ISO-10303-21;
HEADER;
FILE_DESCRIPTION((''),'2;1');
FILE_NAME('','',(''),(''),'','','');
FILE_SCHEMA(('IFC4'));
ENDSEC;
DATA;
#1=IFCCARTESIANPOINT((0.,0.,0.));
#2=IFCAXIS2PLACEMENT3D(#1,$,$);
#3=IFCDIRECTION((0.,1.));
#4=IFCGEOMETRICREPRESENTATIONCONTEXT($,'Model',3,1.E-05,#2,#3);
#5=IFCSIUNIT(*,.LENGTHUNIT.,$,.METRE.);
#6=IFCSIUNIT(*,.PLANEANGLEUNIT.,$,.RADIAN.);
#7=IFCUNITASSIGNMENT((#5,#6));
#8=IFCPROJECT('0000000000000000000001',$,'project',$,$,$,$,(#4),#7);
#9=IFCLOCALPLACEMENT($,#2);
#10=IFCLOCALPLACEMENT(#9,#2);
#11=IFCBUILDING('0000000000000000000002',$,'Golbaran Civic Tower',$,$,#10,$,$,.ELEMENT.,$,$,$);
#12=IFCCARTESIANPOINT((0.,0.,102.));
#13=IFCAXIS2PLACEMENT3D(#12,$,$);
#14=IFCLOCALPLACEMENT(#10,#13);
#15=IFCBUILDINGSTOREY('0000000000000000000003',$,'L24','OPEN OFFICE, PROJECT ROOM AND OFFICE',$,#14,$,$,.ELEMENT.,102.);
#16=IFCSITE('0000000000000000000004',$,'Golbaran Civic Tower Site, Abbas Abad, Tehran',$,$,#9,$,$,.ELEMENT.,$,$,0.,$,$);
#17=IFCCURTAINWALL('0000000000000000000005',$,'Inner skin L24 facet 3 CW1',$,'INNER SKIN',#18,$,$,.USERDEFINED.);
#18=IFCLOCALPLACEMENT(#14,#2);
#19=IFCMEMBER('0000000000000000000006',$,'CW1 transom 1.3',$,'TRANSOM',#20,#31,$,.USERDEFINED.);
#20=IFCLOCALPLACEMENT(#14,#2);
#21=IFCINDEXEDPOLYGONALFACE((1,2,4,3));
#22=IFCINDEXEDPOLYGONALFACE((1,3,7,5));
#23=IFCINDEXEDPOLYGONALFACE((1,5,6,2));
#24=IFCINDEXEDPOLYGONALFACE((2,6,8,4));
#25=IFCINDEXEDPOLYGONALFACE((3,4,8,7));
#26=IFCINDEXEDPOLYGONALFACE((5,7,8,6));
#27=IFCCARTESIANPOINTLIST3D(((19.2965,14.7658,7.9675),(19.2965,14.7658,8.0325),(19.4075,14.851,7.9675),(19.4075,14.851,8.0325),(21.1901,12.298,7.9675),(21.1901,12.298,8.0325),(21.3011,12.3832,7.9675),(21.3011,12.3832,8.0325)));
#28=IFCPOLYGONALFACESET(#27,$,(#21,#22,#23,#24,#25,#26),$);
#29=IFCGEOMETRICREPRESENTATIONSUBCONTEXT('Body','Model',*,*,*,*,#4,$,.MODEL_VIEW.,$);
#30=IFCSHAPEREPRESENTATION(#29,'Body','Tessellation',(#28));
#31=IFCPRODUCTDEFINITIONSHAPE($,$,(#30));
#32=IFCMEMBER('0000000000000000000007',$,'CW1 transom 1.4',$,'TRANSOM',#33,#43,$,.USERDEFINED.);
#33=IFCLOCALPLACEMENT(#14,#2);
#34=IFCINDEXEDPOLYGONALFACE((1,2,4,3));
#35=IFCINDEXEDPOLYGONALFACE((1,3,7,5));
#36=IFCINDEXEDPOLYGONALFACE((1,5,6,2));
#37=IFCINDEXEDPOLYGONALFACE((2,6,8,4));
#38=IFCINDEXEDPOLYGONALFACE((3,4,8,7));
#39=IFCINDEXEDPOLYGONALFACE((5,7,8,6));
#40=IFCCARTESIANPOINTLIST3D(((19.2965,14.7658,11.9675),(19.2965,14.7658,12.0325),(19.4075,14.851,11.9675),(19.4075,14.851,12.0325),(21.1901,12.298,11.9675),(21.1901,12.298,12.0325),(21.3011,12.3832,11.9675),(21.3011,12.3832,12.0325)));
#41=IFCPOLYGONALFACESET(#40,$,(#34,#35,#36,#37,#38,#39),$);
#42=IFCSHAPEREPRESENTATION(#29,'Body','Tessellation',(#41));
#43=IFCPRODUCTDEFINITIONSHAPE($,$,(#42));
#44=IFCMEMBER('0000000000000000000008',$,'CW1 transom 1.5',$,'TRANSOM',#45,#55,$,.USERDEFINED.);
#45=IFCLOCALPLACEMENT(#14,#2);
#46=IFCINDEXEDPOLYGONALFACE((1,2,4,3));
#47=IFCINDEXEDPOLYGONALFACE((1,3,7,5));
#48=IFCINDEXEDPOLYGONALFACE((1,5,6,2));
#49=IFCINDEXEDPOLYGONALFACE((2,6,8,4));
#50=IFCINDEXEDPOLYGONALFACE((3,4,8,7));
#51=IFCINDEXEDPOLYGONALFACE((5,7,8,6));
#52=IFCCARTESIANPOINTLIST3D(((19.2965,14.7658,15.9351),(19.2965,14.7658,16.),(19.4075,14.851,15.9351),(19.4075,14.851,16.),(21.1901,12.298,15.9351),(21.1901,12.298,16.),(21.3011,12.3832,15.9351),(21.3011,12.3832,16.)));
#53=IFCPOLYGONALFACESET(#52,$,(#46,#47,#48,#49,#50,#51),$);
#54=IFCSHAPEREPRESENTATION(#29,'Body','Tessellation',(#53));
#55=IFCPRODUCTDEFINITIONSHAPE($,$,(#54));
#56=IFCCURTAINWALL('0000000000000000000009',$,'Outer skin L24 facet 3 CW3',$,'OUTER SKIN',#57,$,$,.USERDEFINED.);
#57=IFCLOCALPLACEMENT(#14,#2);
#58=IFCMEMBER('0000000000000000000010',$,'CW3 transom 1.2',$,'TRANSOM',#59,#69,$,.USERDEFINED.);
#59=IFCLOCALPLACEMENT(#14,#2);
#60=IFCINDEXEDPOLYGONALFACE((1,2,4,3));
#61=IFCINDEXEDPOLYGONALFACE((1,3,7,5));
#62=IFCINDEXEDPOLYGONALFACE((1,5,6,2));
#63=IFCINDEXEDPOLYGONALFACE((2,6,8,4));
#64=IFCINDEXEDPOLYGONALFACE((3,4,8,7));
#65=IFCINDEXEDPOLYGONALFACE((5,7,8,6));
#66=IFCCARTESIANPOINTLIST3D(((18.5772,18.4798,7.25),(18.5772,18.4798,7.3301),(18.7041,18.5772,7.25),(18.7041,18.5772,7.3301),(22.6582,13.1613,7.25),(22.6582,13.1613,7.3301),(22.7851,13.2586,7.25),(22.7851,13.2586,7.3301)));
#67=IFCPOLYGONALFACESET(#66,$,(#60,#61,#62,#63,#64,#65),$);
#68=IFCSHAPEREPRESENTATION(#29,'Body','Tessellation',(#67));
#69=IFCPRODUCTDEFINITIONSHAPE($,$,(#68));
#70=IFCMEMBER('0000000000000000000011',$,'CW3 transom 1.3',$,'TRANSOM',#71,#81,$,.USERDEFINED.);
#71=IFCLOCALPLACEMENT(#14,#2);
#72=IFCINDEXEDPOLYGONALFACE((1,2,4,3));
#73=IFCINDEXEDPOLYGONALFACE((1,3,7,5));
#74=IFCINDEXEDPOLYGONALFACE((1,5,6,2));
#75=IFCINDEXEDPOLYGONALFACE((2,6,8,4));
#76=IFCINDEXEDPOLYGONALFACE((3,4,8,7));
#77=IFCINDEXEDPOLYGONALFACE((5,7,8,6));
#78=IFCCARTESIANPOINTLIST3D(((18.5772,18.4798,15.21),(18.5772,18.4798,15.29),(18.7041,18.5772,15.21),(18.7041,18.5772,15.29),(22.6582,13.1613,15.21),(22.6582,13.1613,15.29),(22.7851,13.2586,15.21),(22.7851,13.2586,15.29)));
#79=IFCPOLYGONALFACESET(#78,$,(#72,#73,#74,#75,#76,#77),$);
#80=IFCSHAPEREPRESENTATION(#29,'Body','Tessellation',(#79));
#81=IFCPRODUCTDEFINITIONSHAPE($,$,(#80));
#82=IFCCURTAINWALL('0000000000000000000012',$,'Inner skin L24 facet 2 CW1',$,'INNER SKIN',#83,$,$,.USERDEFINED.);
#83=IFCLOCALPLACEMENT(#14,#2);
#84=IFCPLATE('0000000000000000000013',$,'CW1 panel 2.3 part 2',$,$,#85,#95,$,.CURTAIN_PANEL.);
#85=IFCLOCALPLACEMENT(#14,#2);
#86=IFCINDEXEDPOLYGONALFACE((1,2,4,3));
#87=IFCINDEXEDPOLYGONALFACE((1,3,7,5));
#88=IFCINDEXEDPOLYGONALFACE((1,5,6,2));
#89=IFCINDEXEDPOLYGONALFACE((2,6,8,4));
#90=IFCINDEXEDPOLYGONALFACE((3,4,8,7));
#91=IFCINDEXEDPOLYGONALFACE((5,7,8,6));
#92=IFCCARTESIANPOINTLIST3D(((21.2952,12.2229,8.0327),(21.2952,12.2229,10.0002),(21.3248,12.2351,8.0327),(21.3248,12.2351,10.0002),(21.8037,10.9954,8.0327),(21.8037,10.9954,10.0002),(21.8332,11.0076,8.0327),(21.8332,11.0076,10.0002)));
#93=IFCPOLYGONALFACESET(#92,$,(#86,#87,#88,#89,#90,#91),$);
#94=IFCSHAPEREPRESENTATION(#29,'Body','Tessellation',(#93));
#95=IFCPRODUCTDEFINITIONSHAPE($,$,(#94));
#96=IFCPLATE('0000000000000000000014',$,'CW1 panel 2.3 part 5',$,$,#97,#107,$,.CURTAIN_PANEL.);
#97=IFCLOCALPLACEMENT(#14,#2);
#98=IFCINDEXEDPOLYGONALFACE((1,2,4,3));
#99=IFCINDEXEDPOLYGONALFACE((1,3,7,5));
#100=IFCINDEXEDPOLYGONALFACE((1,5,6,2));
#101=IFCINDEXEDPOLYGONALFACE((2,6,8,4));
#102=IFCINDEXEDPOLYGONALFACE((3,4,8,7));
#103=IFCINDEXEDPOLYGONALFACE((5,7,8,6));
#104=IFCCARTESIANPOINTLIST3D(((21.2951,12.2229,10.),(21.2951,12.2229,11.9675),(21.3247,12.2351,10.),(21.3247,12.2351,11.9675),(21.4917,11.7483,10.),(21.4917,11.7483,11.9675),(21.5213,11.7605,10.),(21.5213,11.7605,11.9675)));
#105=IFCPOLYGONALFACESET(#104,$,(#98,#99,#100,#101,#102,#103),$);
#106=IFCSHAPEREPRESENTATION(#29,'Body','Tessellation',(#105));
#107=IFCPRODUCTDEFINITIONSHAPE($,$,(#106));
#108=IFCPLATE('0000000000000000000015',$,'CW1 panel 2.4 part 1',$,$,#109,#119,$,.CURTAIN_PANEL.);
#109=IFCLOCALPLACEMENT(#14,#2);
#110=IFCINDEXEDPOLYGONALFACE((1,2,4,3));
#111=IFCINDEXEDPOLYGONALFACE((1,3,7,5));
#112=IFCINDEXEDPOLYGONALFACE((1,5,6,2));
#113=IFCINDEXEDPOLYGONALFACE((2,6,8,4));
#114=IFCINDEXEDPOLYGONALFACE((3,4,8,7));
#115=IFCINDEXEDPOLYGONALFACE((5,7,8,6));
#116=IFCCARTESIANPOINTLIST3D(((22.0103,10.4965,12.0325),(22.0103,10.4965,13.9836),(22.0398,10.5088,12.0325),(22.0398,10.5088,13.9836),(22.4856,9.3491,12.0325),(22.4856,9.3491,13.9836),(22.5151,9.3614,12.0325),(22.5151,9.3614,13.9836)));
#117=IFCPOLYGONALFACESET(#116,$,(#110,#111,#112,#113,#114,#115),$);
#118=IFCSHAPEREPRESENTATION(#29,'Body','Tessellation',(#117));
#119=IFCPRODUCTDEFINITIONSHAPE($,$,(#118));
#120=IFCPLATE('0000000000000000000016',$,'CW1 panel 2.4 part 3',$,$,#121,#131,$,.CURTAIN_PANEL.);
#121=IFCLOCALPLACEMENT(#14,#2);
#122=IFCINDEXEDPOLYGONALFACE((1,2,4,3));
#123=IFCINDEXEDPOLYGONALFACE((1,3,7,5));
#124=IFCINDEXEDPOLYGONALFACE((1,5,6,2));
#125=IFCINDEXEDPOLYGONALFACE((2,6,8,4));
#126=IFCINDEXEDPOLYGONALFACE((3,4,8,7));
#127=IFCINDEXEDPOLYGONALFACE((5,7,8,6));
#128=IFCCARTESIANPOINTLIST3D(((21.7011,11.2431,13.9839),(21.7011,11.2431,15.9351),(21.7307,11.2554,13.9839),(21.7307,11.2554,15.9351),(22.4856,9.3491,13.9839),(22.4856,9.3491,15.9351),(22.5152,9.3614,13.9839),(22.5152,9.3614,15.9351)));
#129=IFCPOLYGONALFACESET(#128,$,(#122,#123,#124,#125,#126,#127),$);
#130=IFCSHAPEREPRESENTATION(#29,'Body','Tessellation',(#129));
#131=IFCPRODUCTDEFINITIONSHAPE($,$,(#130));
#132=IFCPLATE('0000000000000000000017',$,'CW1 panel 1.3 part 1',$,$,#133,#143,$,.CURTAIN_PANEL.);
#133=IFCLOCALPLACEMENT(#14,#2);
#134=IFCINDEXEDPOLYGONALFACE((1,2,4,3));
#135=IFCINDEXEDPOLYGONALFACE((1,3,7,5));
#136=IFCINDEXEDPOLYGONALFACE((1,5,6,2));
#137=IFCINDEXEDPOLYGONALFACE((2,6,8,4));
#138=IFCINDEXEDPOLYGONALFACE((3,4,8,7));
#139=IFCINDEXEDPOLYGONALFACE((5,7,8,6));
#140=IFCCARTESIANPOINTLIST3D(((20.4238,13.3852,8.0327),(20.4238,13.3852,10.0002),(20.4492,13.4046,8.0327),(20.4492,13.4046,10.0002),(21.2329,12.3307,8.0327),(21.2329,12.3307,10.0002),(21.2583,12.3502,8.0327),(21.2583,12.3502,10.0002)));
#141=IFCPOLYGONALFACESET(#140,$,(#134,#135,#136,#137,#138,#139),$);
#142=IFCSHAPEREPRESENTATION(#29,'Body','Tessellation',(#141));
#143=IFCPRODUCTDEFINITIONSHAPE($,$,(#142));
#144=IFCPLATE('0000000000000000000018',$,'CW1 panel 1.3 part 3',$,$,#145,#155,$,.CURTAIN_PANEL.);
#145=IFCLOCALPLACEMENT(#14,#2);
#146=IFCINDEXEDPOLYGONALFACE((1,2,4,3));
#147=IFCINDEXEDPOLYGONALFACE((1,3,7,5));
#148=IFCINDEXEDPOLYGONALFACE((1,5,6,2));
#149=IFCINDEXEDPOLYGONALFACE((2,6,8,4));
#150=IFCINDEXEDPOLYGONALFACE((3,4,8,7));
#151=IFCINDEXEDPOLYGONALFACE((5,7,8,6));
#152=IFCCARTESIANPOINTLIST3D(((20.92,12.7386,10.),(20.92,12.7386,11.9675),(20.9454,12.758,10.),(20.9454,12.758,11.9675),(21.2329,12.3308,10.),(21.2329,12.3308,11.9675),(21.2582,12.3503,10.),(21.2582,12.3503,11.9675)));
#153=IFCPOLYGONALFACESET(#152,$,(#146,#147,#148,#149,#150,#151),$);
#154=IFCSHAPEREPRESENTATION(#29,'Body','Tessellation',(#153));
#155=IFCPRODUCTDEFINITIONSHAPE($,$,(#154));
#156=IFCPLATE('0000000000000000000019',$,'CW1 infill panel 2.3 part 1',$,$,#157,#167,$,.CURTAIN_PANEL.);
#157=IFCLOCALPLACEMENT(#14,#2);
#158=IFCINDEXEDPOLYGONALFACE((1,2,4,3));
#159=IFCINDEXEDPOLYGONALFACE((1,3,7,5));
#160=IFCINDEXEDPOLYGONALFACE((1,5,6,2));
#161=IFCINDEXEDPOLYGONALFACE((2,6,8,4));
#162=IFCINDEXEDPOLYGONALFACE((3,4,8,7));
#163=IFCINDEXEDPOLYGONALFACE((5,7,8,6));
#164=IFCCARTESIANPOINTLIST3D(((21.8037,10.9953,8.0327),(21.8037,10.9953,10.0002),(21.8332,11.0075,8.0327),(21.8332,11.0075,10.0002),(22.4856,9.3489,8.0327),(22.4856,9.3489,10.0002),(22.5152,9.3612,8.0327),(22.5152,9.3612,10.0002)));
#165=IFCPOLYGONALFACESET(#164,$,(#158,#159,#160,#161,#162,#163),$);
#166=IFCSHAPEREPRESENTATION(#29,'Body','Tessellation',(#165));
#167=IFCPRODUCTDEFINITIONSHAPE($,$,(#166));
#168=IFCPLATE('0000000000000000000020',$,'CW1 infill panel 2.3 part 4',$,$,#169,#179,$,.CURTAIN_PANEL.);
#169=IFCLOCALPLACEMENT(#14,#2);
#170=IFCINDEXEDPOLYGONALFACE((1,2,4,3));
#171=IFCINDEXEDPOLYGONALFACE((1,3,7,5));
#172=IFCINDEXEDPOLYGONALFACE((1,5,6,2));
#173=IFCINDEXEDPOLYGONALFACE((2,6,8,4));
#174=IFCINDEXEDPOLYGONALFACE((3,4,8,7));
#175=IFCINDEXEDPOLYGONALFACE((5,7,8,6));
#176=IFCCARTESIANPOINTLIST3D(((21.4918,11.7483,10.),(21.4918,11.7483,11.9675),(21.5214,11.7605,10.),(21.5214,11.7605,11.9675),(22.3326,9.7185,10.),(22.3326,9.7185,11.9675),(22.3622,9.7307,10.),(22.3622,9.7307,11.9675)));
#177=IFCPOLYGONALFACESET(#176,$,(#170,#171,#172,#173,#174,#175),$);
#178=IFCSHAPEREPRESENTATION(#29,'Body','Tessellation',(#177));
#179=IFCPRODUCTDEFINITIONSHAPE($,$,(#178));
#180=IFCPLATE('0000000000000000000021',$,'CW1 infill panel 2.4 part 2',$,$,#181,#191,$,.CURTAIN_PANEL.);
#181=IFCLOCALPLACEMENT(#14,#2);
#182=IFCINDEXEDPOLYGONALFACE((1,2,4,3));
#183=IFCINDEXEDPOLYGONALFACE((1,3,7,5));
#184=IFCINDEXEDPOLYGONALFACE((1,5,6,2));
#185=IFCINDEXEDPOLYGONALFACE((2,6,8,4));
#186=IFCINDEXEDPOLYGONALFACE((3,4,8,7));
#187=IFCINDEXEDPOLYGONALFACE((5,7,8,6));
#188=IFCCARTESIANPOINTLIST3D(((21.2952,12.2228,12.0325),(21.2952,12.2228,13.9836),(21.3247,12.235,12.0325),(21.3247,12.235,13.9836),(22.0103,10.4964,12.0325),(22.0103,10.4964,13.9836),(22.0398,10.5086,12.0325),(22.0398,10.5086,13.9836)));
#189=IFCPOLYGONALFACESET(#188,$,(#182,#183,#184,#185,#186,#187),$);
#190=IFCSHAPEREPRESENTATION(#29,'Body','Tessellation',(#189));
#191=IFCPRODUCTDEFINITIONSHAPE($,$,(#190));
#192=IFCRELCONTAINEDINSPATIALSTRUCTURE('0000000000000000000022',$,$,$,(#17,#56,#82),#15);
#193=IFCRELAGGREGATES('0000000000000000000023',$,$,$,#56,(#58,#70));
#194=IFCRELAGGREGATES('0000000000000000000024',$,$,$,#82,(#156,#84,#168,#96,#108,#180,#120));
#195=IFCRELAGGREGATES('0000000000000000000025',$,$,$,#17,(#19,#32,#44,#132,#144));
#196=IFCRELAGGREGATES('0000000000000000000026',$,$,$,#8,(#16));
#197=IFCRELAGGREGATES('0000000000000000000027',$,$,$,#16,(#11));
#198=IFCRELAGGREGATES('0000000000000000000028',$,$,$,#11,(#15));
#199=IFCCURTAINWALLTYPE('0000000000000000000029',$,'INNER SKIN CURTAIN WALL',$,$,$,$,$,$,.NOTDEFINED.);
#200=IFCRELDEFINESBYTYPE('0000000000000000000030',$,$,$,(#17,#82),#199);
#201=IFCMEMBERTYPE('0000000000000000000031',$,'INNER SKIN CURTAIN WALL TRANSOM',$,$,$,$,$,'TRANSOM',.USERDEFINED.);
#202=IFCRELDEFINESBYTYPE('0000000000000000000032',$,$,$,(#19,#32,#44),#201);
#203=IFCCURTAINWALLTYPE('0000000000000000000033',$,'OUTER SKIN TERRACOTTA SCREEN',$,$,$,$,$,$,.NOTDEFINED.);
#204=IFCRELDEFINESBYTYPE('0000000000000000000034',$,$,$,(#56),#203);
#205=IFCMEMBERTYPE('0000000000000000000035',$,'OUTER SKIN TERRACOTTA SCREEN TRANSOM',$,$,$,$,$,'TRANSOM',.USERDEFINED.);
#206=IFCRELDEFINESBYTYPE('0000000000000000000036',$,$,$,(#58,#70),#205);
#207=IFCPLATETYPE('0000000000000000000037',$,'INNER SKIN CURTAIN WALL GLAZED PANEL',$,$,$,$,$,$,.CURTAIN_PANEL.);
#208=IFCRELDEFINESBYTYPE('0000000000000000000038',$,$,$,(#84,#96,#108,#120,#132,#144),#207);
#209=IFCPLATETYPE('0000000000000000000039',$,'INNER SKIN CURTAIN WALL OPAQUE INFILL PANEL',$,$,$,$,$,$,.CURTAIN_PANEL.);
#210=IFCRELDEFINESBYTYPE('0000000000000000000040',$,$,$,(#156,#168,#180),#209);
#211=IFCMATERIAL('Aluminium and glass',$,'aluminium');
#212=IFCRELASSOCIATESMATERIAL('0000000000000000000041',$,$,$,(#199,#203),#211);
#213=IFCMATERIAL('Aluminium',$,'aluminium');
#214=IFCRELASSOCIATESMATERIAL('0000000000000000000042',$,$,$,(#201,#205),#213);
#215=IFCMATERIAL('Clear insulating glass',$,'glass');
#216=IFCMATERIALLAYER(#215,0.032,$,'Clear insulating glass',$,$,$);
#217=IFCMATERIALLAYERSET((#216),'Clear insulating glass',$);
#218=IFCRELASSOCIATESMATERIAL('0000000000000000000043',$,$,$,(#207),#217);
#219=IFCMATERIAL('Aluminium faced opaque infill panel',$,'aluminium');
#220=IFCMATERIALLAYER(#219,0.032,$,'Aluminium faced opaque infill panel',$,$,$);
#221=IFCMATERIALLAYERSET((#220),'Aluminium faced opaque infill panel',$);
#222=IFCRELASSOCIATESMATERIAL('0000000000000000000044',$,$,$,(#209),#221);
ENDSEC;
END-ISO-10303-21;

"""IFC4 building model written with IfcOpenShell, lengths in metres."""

from ifc_helpers import new_model, si_unit, direction, frame, origin, origin_2d, place, context, subcontext, project, spatial, rectangle, extrude, material, layer, layer_set, material_profile, profile_set, type_object, element, aggregate, save


model = new_model("IFC4")

# Units and contexts
model_context = context("Model", 3, precision=1e-05, world=origin(), true_north=direction((0.0, 1.0)))
body_context = subcontext(model_context, "Body", "Model", "MODEL_VIEW")
ifc_project = project(units=[si_unit("LENGTHUNIT", "METRE"), si_unit("PLANEANGLEUNIT", "RADIAN")], contexts=[model_context])

# Site, building, storey
site_placement = place(None, origin())
site = spatial("IfcSite", under=ifc_project, at=site_placement, Name="Golbaran Civic Tower Site, Abbas Abad, Tehran", CompositionType="ELEMENT", RefElevation=0.0)
building_placement = place(site_placement, origin())
building = spatial("IfcBuilding", under=site, at=building_placement, Name="Golbaran Civic Tower", CompositionType="ELEMENT")
storey_placement = place(building_placement, frame((0.0, 0.0, 102.0)))
storey = spatial("IfcBuildingStorey", under=building, at=storey_placement, Name="L24", Description="OPEN OFFICE, PROJECT ROOM AND OFFICE", CompositionType="ELEMENT", Elevation=102.0)

# Curtain walls, members
ifc_material_1 = material(Name="Aluminium and glass", Category="aluminium")
curtain_wall_type_1 = type_object("IfcCurtainWallType", Name="INNER SKIN CURTAIN WALL", PredefinedType="NOTDEFINED", material=ifc_material_1)
curtain_wall_1_placement = place(storey_placement, origin())
curtain_wall_1 = element("IfcCurtainWall", 1, at=curtain_wall_1_placement, inside=storey, type_object=curtain_wall_type_1, Name="Inner skin L24 facet 3 CW1", ObjectType="INNER SKIN", PredefinedType="USERDEFINED")
ifc_material_2 = material(Name="Aluminium", Category="aluminium")
ifc_material_profile_1 = material_profile(ifc_material_2, rectangle(XDim=0.1399, YDim=0.0649, at=origin_2d()), Name="INNER SKIN CURTAIN WALL TRANSOM")
ifc_profile_set_1 = profile_set([ifc_material_profile_1], Name="Aluminium")
member_type_1 = type_object("IfcMemberType", Name="INNER SKIN CURTAIN WALL TRANSOM", ElementType="TRANSOM", PredefinedType="USERDEFINED", material=ifc_profile_set_1)
member_1_placement = place(storey_placement, frame((21.2456, 12.3406, 8.0), z_axis=(-0.608754, 0.793359, 0.0), x_axis=(-0.793359, -0.608754, 0.0)))
member_1 = element("IfcMember", 2, at=member_1_placement, type_object=member_type_1, Name="CW1 transom 1.3", ObjectType="TRANSOM", PredefinedType="USERDEFINED", context=body_context, shape_type="SweptSolid", body=[
    extrude(rectangle(XDim=0.1399, YDim=0.0649, at=origin_2d()), origin(), (0.0, 0.0, 1.0), 3.1106),
])
member_2_placement = place(storey_placement, frame((21.2456, 12.3406, 12.0), z_axis=(-0.608754, 0.793359, 0.0), x_axis=(-0.793359, -0.608754, 0.0)))
member_2 = element("IfcMember", 3, at=member_2_placement, type_object=member_type_1, Name="CW1 transom 1.4", ObjectType="TRANSOM", PredefinedType="USERDEFINED", context=body_context, shape_type="SweptSolid", body=[
    extrude(rectangle(XDim=0.1399, YDim=0.0649, at=origin_2d()), origin(), (0.0, 0.0, 1.0), 3.1106),
])
member_3_placement = place(storey_placement, frame((21.2456, 12.3406, 15.9675), z_axis=(-0.608754, 0.793359, 0.0), x_axis=(-0.793359, -0.608754, 0.0)))
member_3 = element("IfcMember", 4, at=member_3_placement, type_object=member_type_1, Name="CW1 transom 1.5", ObjectType="TRANSOM", PredefinedType="USERDEFINED", context=body_context, shape_type="SweptSolid", body=[
    extrude(rectangle(XDim=0.1399, YDim=0.0649, at=origin_2d()), origin(), (0.0, 0.0, 1.0), 3.1106),
])
curtain_wall_type_2 = type_object("IfcCurtainWallType", Name="OUTER SKIN TERRACOTTA SCREEN", PredefinedType="NOTDEFINED", material=ifc_material_1)
curtain_wall_2_placement = place(storey_placement, origin())
curtain_wall_2 = element("IfcCurtainWall", 5, at=curtain_wall_2_placement, inside=storey, type_object=curtain_wall_type_2, Name="Outer skin L24 facet 3 CW3", ObjectType="OUTER SKIN", PredefinedType="USERDEFINED")
ifc_material_profile_2 = material_profile(ifc_material_2, rectangle(XDim=0.1599, YDim=0.0801, at=origin_2d()), Name="OUTER SKIN TERRACOTTA SCREEN TRANSOM")
ifc_profile_set_2 = profile_set([ifc_material_profile_2], Name="Aluminium")
member_type_2 = type_object("IfcMemberType", Name="OUTER SKIN TERRACOTTA SCREEN TRANSOM", ElementType="TRANSOM", PredefinedType="USERDEFINED", material=ifc_profile_set_2)
member_4_placement = place(storey_placement, frame((22.7217, 13.21, 7.29), z_axis=(-0.608756, 0.793357, 0.0), x_axis=(-0.793357, -0.608756, 0.0)))
member_4 = element("IfcMember", 6, at=member_4_placement, type_object=member_type_2, Name="CW3 transom 1.2", ObjectType="TRANSOM", PredefinedType="USERDEFINED", context=body_context, shape_type="SweptSolid", body=[
    extrude(rectangle(XDim=0.1599, YDim=0.0801, at=origin_2d()), origin(), (0.0, 0.0, 1.0), 6.7039),
])
member_5_placement = place(storey_placement, frame((22.7217, 13.21, 15.25), z_axis=(-0.608756, 0.793357, 0.0), x_axis=(-0.793357, -0.608756, 0.0)))
member_5 = element("IfcMember", 7, at=member_5_placement, type_object=member_type_2, Name="CW3 transom 1.3", ObjectType="TRANSOM", PredefinedType="USERDEFINED", context=body_context, shape_type="SweptSolid", body=[
    extrude(rectangle(XDim=0.1599, YDim=0.0801, at=origin_2d()), origin(), (0.0, 0.0, 1.0), 6.7039),
])
aggregate(curtain_wall_2, [member_4, member_5])

# Curtain wall, plates
curtain_wall_3_placement = place(storey_placement, origin())
curtain_wall_3 = element("IfcCurtainWall", 8, at=curtain_wall_3_placement, inside=storey, type_object=curtain_wall_type_1, Name="Inner skin L24 facet 2 CW1", ObjectType="INNER SKIN", PredefinedType="USERDEFINED")
ifc_material_3 = material(Name="Clear insulating glass", Category="glass")
ifc_layer_1 = layer(ifc_material_3, 0.032, Name="Clear insulating glass")
ifc_layer_set_1 = layer_set([ifc_layer_1], Name="Clear insulating glass")
plate_type_1 = type_object("IfcPlateType", Name="INNER SKIN CURTAIN WALL GLAZED PANEL", PredefinedType="CURTAIN_PANEL", material=ifc_layer_set_1)
plate_1_placement = place(storey_placement, frame((21.5642, 11.6152, 8.0327), z_axis=(0.0, 0.0, 1.0), x_axis=(-0.382683, 0.92388, 0.0)))
plate_1 = element("IfcPlate", 9, at=plate_1_placement, type_object=plate_type_1, Name="CW1 panel 2.3 part 2", PredefinedType="CURTAIN_PANEL", context=body_context, shape_type="SweptSolid", body=[
    extrude(rectangle(XDim=1.3286, YDim=0.032, at=origin_2d()), origin(), (0.0, 0.0, 1.0), 1.9675),
])
plate_2_placement = place(storey_placement, frame((21.4082, 11.9917, 10.0), z_axis=(0.0, 0.0, 1.0), x_axis=(-0.382683, 0.92388, 0.0)))
plate_2 = element("IfcPlate", 10, at=plate_2_placement, type_object=plate_type_1, Name="CW1 panel 2.3 part 5", PredefinedType="CURTAIN_PANEL", context=body_context, shape_type="SweptSolid", body=[
    extrude(rectangle(XDim=0.5137, YDim=0.032, at=origin_2d()), origin(), (0.0, 0.0, 1.0), 1.9675),
])
plate_3_placement = place(storey_placement, frame((22.2627, 9.929, 12.0325), z_axis=(0.0, 0.0, 1.0), x_axis=(-0.382683, 0.92388, 0.0)))
plate_3 = element("IfcPlate", 11, at=plate_3_placement, type_object=plate_type_1, Name="CW1 panel 2.4 part 1", PredefinedType="CURTAIN_PANEL", context=body_context, shape_type="SweptSolid", body=[
    extrude(rectangle(XDim=1.2419, YDim=0.032, at=origin_2d()), origin(), (0.0, 0.0, 1.0), 1.9512),
])
plate_4_placement = place(storey_placement, frame((22.1082, 10.3022, 13.9839), z_axis=(0.0, 0.0, 1.0), x_axis=(-0.382683, 0.92388, 0.0)))
plate_4 = element("IfcPlate", 12, at=plate_4_placement, type_object=plate_type_1, Name="CW1 panel 2.4 part 3", PredefinedType="CURTAIN_PANEL", context=body_context, shape_type="SweptSolid", body=[
    extrude(rectangle(XDim=2.05, YDim=0.032, at=origin_2d()), origin(), (0.0, 0.0, 1.0), 1.9512),
])

# Plates
plate_5_placement = place(storey_placement, frame((20.8411, 12.8677, 8.0327), z_axis=(0.0, 0.0, 1.0), x_axis=(-0.608761, 0.793353, 0.0)))
plate_5 = element("IfcPlate", 13, at=plate_5_placement, type_object=plate_type_1, Name="CW1 panel 1.3 part 1", PredefinedType="CURTAIN_PANEL", context=body_context, shape_type="SweptSolid", body=[
    extrude(rectangle(XDim=1.3291, YDim=0.032, at=origin_2d()), origin(), (0.0, 0.0, 1.0), 1.9675),
])
plate_6_placement = place(storey_placement, frame((21.0891, 12.5444, 10.0), z_axis=(0.0, 0.0, 1.0), x_axis=(-0.608761, 0.793353, 0.0)))
plate_6 = element("IfcPlate", 14, at=plate_6_placement, type_object=plate_type_1, Name="CW1 panel 1.3 part 3", PredefinedType="CURTAIN_PANEL", context=body_context, shape_type="SweptSolid", body=[
    extrude(rectangle(XDim=0.5139, YDim=0.032, at=origin_2d()), origin(), (0.0, 0.0, 1.0), 1.9675),
])
ifc_material_4 = material(Name="Aluminium faced opaque infill panel", Category="aluminium")
ifc_layer_2 = layer(ifc_material_4, 0.032, Name="Aluminium faced opaque infill panel")
ifc_layer_set_2 = layer_set([ifc_layer_2], Name="Aluminium faced opaque infill panel")
plate_type_2 = type_object("IfcPlateType", Name="INNER SKIN CURTAIN WALL OPAQUE INFILL PANEL", PredefinedType="CURTAIN_PANEL", material=ifc_layer_set_2)
plate_7_placement = place(storey_placement, frame((22.1594, 10.1782, 8.0327), z_axis=(0.0, 0.0, 1.0), x_axis=(-0.382683, 0.92388, 0.0)))
plate_7 = element("IfcPlate", 15, at=plate_7_placement, type_object=plate_type_2, Name="CW1 infill panel 2.3 part 1", PredefinedType="CURTAIN_PANEL", context=body_context, shape_type="SweptSolid", body=[
    extrude(rectangle(XDim=1.782, YDim=0.032, at=origin_2d()), origin(), (0.0, 0.0, 1.0), 1.9675),
])
plate_8_placement = place(storey_placement, frame((21.927, 10.7395, 10.0), z_axis=(0.0, 0.0, 1.0), x_axis=(-0.382683, 0.92388, 0.0)))
plate_8 = element("IfcPlate", 16, at=plate_8_placement, type_object=plate_type_2, Name="CW1 infill panel 2.3 part 4", PredefinedType="CURTAIN_PANEL", context=body_context, shape_type="SweptSolid", body=[
    extrude(rectangle(XDim=2.197, YDim=0.032, at=origin_2d()), origin(), (0.0, 0.0, 1.0), 1.9675),
])
plate_9_placement = place(storey_placement, frame((21.6675, 11.3657, 12.0325), z_axis=(0.0, 0.0, 1.0), x_axis=(-0.382683, 0.92388, 0.0)))
plate_9 = element("IfcPlate", 17, at=plate_9_placement, type_object=plate_type_2, Name="CW1 infill panel 2.4 part 2", PredefinedType="CURTAIN_PANEL", context=body_context, shape_type="SweptSolid", body=[
    extrude(rectangle(XDim=1.8687, YDim=0.032, at=origin_2d()), origin(), (0.0, 0.0, 1.0), 1.9512),
])
aggregate(curtain_wall_3, [plate_7, plate_1, plate_8, plate_2, plate_3, plate_9, plate_4])
aggregate(curtain_wall_1, [member_1, member_2, member_3, plate_5, plate_6])

save(model, "model.ifc")
